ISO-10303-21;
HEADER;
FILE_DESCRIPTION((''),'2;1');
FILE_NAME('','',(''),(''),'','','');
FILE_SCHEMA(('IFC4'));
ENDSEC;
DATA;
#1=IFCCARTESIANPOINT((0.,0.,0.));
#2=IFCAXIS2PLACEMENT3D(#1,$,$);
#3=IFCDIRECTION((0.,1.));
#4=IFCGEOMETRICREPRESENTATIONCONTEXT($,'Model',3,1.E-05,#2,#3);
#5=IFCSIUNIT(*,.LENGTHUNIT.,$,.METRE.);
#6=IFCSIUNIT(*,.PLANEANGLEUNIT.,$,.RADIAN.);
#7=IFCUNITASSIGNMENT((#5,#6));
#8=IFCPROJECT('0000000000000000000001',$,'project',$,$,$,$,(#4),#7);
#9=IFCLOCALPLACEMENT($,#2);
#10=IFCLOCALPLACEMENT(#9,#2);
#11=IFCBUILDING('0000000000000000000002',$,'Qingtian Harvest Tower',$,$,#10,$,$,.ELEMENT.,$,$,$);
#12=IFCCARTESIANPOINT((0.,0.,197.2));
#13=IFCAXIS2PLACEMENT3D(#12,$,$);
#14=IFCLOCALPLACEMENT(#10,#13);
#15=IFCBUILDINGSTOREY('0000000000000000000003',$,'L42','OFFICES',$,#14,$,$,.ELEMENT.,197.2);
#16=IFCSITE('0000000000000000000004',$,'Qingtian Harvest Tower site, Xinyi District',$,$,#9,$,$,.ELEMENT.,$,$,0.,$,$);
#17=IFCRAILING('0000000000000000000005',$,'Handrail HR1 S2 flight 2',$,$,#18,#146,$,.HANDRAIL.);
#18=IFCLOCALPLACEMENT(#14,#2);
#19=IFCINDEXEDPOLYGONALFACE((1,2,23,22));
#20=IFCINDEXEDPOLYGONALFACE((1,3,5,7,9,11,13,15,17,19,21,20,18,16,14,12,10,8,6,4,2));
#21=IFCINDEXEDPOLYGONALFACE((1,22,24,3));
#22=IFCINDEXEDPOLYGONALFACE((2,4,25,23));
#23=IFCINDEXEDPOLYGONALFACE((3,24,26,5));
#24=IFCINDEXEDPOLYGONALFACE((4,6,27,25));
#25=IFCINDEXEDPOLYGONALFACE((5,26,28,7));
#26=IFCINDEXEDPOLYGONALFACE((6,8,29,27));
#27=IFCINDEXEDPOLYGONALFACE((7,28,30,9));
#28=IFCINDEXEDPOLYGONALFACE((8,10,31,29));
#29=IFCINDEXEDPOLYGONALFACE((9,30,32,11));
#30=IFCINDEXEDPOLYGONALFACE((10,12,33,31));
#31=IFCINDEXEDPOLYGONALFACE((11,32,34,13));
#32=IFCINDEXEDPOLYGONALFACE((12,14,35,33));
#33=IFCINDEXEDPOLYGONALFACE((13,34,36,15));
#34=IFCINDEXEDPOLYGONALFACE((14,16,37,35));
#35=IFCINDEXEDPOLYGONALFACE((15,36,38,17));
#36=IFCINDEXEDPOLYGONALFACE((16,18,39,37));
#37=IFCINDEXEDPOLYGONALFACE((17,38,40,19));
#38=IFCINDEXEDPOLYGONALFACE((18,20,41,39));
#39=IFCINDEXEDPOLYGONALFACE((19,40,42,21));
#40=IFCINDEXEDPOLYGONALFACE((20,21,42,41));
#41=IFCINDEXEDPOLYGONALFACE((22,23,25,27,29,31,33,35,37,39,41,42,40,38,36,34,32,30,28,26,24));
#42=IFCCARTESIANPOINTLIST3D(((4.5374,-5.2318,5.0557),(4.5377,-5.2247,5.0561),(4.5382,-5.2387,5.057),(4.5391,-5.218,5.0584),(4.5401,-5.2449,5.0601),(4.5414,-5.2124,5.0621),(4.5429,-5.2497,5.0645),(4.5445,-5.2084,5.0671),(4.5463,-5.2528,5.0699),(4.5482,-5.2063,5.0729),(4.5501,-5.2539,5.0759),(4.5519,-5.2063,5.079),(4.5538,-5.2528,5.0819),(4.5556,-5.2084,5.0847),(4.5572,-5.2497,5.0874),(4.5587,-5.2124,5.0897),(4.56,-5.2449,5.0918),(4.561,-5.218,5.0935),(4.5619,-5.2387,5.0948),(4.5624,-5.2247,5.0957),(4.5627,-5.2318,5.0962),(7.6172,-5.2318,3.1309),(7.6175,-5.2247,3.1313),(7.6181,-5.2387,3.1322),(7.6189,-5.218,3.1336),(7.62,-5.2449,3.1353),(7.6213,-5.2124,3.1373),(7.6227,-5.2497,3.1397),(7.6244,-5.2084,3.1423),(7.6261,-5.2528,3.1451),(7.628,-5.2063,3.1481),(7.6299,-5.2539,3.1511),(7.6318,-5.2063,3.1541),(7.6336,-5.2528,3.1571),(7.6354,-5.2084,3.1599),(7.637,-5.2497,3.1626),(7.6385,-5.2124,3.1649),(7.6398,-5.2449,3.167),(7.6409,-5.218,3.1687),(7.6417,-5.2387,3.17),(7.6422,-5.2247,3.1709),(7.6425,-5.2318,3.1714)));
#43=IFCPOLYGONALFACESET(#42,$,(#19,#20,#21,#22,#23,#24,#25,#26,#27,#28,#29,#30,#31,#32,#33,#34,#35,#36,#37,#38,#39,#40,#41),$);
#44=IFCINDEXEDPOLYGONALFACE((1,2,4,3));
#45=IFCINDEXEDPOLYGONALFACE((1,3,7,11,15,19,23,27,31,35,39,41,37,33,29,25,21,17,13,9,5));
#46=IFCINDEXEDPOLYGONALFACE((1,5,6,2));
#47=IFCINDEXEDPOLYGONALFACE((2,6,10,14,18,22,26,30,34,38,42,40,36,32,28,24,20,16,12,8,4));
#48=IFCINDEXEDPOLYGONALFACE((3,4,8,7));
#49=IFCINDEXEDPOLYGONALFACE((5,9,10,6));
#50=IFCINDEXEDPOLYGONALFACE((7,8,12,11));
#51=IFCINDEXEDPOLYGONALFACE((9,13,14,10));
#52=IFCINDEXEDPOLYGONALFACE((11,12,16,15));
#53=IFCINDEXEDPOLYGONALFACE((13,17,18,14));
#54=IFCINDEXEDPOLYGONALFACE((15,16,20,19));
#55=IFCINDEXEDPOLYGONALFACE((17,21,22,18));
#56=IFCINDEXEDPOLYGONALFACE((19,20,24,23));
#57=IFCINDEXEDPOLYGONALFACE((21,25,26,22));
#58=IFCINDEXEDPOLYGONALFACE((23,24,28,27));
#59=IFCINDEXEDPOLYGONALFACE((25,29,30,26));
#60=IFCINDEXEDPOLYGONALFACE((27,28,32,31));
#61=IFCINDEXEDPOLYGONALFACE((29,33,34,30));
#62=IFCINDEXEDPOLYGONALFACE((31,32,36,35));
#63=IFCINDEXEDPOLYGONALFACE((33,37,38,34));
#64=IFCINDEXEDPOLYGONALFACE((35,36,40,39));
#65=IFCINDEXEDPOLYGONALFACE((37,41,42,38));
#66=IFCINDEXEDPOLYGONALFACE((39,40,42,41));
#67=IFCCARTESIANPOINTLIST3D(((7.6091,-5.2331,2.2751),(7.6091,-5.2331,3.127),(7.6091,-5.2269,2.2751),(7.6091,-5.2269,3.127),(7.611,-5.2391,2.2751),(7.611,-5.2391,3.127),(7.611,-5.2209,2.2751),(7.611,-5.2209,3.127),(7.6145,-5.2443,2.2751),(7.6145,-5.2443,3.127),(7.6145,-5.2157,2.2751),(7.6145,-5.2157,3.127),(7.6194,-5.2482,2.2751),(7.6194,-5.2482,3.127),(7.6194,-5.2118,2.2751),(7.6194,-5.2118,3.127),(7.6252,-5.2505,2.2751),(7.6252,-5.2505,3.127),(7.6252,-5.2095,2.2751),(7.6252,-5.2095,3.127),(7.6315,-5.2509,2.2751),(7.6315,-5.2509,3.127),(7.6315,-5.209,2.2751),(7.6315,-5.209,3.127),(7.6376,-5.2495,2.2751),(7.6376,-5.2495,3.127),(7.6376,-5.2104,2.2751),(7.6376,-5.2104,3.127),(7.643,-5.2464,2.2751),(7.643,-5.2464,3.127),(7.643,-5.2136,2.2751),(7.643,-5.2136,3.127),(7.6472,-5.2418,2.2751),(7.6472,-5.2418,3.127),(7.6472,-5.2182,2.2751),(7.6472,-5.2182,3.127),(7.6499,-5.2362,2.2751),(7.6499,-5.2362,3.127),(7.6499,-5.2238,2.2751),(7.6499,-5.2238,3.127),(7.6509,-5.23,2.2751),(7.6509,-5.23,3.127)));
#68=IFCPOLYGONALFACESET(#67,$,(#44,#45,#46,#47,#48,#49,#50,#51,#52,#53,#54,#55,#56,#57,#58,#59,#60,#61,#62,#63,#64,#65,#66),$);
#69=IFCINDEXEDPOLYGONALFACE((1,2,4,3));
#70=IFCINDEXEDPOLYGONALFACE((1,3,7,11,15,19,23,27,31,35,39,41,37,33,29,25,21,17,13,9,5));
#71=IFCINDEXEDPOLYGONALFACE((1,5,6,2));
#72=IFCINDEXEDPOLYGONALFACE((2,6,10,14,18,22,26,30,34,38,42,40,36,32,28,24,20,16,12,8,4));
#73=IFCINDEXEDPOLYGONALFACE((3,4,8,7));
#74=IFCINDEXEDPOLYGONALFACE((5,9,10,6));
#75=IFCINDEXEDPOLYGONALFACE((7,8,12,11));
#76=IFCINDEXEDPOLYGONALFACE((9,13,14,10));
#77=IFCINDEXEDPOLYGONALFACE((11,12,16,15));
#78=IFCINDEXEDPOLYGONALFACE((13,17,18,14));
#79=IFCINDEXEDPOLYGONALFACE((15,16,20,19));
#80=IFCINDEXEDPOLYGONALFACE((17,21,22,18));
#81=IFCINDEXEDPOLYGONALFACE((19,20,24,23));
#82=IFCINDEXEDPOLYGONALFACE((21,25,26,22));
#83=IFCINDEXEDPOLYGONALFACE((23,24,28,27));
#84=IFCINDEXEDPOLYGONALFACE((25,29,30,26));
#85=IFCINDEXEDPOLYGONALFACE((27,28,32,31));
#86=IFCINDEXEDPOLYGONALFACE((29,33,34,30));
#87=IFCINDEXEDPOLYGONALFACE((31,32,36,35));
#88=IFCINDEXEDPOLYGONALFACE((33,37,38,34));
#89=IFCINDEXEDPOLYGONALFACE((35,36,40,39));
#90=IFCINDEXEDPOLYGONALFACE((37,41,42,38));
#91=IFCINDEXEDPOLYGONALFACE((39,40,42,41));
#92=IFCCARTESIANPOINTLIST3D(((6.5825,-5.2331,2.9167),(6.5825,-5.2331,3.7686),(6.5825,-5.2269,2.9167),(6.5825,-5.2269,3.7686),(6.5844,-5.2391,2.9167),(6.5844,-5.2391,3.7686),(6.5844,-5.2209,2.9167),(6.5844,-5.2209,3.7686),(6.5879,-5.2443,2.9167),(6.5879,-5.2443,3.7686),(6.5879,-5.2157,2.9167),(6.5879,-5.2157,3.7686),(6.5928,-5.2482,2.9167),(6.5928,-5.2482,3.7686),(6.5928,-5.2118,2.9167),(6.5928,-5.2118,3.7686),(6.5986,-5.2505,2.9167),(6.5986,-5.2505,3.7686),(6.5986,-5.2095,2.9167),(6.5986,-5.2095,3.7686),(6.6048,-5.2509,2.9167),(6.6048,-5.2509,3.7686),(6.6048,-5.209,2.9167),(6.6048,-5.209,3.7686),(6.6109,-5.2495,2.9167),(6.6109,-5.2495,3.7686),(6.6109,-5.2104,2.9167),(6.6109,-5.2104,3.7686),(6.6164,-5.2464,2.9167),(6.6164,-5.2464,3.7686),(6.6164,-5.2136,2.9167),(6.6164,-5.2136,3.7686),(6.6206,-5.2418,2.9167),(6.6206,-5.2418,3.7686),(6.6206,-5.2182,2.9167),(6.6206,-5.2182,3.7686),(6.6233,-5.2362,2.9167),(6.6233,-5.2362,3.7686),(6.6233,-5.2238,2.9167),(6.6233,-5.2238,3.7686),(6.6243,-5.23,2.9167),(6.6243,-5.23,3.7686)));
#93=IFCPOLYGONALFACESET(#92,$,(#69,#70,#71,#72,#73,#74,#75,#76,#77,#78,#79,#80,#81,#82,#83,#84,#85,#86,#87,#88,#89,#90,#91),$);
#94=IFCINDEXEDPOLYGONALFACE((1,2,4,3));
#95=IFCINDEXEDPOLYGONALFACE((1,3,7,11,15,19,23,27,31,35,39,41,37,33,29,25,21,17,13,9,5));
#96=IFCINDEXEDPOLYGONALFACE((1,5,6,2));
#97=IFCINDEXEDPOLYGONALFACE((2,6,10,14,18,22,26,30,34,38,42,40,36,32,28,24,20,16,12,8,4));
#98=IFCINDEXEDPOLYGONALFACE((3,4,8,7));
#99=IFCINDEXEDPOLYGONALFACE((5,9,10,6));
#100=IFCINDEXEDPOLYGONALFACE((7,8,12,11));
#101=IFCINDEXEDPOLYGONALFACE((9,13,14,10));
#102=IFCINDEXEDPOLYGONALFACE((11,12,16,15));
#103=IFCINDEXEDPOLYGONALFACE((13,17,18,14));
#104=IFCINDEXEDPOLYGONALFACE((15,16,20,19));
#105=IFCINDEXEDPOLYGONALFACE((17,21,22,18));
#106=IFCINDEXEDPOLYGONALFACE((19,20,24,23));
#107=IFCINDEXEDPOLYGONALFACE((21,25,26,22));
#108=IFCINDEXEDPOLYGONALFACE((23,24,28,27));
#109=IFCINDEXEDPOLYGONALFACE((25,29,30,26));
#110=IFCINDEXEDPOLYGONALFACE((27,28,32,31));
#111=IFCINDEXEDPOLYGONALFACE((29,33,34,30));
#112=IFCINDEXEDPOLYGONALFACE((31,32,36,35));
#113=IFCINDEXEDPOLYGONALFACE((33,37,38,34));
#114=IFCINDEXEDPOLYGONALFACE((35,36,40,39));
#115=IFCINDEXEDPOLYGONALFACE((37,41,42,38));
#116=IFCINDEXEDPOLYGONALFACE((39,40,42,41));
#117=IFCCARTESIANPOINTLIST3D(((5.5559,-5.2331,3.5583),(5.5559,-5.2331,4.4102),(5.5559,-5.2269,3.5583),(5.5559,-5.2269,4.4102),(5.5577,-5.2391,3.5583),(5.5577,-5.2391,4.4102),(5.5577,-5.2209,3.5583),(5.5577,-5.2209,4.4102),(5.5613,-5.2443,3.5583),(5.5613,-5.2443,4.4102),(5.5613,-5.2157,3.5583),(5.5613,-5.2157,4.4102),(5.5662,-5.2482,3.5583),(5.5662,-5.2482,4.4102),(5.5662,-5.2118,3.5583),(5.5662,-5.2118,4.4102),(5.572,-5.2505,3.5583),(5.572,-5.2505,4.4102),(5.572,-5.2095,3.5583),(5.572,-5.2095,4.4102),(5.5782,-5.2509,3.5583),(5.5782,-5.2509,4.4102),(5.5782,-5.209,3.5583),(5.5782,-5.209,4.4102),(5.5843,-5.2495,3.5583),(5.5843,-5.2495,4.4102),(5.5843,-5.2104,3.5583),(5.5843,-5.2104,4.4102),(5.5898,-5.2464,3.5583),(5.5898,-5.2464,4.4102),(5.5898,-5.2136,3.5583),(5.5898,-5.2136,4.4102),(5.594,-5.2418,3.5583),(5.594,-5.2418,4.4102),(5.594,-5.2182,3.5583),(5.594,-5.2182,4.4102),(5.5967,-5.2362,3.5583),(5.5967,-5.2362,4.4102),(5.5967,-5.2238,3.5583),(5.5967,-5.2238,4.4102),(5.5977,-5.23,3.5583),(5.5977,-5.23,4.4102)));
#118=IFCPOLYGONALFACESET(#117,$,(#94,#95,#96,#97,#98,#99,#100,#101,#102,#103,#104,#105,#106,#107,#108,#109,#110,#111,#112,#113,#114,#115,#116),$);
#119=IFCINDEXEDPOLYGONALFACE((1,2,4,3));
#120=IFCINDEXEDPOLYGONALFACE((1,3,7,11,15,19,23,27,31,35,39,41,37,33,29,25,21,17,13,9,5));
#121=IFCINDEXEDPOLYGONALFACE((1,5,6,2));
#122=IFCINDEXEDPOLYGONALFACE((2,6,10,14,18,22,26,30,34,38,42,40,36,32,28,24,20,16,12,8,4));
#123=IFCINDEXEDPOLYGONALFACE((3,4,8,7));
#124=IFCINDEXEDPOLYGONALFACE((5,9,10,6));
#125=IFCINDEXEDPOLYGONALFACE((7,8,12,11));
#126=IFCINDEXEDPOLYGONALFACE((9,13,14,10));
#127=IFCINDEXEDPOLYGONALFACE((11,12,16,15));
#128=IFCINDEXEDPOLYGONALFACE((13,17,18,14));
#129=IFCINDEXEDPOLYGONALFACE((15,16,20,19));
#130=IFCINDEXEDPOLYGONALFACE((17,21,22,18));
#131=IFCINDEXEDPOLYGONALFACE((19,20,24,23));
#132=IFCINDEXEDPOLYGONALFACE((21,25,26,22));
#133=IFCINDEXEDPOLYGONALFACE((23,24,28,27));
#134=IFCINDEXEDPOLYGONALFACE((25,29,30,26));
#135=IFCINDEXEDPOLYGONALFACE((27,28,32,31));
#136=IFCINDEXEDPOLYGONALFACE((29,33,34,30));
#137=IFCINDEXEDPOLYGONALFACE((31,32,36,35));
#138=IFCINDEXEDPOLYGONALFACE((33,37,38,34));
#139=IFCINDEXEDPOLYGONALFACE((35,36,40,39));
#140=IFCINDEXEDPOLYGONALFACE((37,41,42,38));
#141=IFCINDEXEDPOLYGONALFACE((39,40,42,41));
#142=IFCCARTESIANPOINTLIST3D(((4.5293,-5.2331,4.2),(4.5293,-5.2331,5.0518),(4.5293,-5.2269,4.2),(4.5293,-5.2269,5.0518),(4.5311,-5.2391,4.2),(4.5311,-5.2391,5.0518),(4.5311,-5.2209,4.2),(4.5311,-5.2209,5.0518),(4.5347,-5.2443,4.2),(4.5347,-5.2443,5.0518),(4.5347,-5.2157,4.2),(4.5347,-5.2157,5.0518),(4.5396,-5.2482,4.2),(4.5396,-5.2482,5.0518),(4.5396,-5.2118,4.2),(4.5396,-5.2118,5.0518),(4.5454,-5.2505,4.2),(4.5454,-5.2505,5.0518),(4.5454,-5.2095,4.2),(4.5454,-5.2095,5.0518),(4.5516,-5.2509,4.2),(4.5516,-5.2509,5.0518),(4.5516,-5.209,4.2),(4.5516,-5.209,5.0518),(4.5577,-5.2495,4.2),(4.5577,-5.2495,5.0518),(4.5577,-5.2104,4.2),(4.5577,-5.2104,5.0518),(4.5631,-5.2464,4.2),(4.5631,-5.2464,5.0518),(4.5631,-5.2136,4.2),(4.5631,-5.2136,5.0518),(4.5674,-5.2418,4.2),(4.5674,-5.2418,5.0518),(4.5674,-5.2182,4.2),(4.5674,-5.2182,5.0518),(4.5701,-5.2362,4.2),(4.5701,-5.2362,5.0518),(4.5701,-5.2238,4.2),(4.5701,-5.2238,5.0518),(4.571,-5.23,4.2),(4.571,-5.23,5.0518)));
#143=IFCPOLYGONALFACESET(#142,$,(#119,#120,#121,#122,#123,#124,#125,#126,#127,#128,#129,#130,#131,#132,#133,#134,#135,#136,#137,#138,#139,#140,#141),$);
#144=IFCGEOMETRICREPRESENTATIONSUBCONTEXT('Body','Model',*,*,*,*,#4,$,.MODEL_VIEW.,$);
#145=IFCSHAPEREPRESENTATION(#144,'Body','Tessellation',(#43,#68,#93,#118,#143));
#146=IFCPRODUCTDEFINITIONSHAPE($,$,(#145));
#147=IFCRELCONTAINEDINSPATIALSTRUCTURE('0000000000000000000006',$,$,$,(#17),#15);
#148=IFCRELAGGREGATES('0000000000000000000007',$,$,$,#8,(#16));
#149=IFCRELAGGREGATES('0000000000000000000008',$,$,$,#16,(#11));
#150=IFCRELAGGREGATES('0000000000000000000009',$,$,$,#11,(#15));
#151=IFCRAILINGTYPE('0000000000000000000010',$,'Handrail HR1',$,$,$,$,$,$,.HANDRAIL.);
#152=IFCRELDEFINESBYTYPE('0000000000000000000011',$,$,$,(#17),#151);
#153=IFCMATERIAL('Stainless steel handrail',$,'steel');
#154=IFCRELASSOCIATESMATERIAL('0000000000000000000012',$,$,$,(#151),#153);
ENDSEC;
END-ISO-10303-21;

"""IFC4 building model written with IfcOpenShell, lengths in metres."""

from ifc_helpers import new_model, si_unit, direction, frame, origin, origin_2d, place, context, subcontext, project, spatial, circle, extrude, material, type_object, element, save


model = new_model("IFC4")

# Units and contexts
model_context = context("Model", 3, precision=1e-05, world=origin(), true_north=direction((0.0, 1.0)))
body_context = subcontext(model_context, "Body", "Model", "MODEL_VIEW")
ifc_project = project(units=[si_unit("LENGTHUNIT", "METRE"), si_unit("PLANEANGLEUNIT", "RADIAN")], contexts=[model_context])

# Site, building, storey
site_placement = place(None, origin())
site = spatial("IfcSite", under=ifc_project, at=site_placement, Name="Qingtian Harvest Tower site, Xinyi District", CompositionType="ELEMENT", RefElevation=0.0)
building_placement = place(site_placement, origin())
building = spatial("IfcBuilding", under=site, at=building_placement, Name="Qingtian Harvest Tower", CompositionType="ELEMENT")
storey_placement = place(building_placement, frame((0.0, 0.0, 197.2)))
storey = spatial("IfcBuildingStorey", under=building, at=storey_placement, Name="L42", Description="OFFICES", CompositionType="ELEMENT", Elevation=197.2)

# Railing
ifc_material_1 = material(Name="Stainless steel handrail", Category="steel")
railing_type = type_object("IfcRailingType", Name="Handrail HR1", PredefinedType="HANDRAIL", material=ifc_material_1)
railing_1_placement = place(storey_placement, frame((7.6299, -5.23, 2.2751)))
element("IfcRailing", 1, at=railing_1_placement, inside=storey, type_object=railing_type, Name="Handrail HR1 S2 flight 2", PredefinedType="HANDRAIL", context=body_context, shape_type="SweptSolid", body=[
    extrude(circle(Radius=0.0239, at=origin_2d()), frame((0.0, 0.0, 0.876), z_axis=(-0.84801, 0.0, 0.529981), x_axis=(0.0, -1.0, 0.0)), (0.0, 0.0, 1.0), 3.6318),
    extrude(circle(Radius=0.021, at=origin_2d()), origin(), (0.0, 0.0, 1.0), 0.8518),
    extrude(circle(Radius=0.021, at=origin_2d()), frame((-1.0266, 0.0, 0.6416)), (0.0, 0.0, 1.0), 0.8518),
    extrude(circle(Radius=0.021, at=origin_2d()), frame((-2.0532, 0.0, 1.2832)), (0.0, 0.0, 1.0), 0.8518),
    extrude(circle(Radius=0.021, at=origin_2d()), frame((-3.0798, 0.0, 1.9248)), (0.0, 0.0, 1.0), 0.8518),
])

save(model, "model.ifc")
